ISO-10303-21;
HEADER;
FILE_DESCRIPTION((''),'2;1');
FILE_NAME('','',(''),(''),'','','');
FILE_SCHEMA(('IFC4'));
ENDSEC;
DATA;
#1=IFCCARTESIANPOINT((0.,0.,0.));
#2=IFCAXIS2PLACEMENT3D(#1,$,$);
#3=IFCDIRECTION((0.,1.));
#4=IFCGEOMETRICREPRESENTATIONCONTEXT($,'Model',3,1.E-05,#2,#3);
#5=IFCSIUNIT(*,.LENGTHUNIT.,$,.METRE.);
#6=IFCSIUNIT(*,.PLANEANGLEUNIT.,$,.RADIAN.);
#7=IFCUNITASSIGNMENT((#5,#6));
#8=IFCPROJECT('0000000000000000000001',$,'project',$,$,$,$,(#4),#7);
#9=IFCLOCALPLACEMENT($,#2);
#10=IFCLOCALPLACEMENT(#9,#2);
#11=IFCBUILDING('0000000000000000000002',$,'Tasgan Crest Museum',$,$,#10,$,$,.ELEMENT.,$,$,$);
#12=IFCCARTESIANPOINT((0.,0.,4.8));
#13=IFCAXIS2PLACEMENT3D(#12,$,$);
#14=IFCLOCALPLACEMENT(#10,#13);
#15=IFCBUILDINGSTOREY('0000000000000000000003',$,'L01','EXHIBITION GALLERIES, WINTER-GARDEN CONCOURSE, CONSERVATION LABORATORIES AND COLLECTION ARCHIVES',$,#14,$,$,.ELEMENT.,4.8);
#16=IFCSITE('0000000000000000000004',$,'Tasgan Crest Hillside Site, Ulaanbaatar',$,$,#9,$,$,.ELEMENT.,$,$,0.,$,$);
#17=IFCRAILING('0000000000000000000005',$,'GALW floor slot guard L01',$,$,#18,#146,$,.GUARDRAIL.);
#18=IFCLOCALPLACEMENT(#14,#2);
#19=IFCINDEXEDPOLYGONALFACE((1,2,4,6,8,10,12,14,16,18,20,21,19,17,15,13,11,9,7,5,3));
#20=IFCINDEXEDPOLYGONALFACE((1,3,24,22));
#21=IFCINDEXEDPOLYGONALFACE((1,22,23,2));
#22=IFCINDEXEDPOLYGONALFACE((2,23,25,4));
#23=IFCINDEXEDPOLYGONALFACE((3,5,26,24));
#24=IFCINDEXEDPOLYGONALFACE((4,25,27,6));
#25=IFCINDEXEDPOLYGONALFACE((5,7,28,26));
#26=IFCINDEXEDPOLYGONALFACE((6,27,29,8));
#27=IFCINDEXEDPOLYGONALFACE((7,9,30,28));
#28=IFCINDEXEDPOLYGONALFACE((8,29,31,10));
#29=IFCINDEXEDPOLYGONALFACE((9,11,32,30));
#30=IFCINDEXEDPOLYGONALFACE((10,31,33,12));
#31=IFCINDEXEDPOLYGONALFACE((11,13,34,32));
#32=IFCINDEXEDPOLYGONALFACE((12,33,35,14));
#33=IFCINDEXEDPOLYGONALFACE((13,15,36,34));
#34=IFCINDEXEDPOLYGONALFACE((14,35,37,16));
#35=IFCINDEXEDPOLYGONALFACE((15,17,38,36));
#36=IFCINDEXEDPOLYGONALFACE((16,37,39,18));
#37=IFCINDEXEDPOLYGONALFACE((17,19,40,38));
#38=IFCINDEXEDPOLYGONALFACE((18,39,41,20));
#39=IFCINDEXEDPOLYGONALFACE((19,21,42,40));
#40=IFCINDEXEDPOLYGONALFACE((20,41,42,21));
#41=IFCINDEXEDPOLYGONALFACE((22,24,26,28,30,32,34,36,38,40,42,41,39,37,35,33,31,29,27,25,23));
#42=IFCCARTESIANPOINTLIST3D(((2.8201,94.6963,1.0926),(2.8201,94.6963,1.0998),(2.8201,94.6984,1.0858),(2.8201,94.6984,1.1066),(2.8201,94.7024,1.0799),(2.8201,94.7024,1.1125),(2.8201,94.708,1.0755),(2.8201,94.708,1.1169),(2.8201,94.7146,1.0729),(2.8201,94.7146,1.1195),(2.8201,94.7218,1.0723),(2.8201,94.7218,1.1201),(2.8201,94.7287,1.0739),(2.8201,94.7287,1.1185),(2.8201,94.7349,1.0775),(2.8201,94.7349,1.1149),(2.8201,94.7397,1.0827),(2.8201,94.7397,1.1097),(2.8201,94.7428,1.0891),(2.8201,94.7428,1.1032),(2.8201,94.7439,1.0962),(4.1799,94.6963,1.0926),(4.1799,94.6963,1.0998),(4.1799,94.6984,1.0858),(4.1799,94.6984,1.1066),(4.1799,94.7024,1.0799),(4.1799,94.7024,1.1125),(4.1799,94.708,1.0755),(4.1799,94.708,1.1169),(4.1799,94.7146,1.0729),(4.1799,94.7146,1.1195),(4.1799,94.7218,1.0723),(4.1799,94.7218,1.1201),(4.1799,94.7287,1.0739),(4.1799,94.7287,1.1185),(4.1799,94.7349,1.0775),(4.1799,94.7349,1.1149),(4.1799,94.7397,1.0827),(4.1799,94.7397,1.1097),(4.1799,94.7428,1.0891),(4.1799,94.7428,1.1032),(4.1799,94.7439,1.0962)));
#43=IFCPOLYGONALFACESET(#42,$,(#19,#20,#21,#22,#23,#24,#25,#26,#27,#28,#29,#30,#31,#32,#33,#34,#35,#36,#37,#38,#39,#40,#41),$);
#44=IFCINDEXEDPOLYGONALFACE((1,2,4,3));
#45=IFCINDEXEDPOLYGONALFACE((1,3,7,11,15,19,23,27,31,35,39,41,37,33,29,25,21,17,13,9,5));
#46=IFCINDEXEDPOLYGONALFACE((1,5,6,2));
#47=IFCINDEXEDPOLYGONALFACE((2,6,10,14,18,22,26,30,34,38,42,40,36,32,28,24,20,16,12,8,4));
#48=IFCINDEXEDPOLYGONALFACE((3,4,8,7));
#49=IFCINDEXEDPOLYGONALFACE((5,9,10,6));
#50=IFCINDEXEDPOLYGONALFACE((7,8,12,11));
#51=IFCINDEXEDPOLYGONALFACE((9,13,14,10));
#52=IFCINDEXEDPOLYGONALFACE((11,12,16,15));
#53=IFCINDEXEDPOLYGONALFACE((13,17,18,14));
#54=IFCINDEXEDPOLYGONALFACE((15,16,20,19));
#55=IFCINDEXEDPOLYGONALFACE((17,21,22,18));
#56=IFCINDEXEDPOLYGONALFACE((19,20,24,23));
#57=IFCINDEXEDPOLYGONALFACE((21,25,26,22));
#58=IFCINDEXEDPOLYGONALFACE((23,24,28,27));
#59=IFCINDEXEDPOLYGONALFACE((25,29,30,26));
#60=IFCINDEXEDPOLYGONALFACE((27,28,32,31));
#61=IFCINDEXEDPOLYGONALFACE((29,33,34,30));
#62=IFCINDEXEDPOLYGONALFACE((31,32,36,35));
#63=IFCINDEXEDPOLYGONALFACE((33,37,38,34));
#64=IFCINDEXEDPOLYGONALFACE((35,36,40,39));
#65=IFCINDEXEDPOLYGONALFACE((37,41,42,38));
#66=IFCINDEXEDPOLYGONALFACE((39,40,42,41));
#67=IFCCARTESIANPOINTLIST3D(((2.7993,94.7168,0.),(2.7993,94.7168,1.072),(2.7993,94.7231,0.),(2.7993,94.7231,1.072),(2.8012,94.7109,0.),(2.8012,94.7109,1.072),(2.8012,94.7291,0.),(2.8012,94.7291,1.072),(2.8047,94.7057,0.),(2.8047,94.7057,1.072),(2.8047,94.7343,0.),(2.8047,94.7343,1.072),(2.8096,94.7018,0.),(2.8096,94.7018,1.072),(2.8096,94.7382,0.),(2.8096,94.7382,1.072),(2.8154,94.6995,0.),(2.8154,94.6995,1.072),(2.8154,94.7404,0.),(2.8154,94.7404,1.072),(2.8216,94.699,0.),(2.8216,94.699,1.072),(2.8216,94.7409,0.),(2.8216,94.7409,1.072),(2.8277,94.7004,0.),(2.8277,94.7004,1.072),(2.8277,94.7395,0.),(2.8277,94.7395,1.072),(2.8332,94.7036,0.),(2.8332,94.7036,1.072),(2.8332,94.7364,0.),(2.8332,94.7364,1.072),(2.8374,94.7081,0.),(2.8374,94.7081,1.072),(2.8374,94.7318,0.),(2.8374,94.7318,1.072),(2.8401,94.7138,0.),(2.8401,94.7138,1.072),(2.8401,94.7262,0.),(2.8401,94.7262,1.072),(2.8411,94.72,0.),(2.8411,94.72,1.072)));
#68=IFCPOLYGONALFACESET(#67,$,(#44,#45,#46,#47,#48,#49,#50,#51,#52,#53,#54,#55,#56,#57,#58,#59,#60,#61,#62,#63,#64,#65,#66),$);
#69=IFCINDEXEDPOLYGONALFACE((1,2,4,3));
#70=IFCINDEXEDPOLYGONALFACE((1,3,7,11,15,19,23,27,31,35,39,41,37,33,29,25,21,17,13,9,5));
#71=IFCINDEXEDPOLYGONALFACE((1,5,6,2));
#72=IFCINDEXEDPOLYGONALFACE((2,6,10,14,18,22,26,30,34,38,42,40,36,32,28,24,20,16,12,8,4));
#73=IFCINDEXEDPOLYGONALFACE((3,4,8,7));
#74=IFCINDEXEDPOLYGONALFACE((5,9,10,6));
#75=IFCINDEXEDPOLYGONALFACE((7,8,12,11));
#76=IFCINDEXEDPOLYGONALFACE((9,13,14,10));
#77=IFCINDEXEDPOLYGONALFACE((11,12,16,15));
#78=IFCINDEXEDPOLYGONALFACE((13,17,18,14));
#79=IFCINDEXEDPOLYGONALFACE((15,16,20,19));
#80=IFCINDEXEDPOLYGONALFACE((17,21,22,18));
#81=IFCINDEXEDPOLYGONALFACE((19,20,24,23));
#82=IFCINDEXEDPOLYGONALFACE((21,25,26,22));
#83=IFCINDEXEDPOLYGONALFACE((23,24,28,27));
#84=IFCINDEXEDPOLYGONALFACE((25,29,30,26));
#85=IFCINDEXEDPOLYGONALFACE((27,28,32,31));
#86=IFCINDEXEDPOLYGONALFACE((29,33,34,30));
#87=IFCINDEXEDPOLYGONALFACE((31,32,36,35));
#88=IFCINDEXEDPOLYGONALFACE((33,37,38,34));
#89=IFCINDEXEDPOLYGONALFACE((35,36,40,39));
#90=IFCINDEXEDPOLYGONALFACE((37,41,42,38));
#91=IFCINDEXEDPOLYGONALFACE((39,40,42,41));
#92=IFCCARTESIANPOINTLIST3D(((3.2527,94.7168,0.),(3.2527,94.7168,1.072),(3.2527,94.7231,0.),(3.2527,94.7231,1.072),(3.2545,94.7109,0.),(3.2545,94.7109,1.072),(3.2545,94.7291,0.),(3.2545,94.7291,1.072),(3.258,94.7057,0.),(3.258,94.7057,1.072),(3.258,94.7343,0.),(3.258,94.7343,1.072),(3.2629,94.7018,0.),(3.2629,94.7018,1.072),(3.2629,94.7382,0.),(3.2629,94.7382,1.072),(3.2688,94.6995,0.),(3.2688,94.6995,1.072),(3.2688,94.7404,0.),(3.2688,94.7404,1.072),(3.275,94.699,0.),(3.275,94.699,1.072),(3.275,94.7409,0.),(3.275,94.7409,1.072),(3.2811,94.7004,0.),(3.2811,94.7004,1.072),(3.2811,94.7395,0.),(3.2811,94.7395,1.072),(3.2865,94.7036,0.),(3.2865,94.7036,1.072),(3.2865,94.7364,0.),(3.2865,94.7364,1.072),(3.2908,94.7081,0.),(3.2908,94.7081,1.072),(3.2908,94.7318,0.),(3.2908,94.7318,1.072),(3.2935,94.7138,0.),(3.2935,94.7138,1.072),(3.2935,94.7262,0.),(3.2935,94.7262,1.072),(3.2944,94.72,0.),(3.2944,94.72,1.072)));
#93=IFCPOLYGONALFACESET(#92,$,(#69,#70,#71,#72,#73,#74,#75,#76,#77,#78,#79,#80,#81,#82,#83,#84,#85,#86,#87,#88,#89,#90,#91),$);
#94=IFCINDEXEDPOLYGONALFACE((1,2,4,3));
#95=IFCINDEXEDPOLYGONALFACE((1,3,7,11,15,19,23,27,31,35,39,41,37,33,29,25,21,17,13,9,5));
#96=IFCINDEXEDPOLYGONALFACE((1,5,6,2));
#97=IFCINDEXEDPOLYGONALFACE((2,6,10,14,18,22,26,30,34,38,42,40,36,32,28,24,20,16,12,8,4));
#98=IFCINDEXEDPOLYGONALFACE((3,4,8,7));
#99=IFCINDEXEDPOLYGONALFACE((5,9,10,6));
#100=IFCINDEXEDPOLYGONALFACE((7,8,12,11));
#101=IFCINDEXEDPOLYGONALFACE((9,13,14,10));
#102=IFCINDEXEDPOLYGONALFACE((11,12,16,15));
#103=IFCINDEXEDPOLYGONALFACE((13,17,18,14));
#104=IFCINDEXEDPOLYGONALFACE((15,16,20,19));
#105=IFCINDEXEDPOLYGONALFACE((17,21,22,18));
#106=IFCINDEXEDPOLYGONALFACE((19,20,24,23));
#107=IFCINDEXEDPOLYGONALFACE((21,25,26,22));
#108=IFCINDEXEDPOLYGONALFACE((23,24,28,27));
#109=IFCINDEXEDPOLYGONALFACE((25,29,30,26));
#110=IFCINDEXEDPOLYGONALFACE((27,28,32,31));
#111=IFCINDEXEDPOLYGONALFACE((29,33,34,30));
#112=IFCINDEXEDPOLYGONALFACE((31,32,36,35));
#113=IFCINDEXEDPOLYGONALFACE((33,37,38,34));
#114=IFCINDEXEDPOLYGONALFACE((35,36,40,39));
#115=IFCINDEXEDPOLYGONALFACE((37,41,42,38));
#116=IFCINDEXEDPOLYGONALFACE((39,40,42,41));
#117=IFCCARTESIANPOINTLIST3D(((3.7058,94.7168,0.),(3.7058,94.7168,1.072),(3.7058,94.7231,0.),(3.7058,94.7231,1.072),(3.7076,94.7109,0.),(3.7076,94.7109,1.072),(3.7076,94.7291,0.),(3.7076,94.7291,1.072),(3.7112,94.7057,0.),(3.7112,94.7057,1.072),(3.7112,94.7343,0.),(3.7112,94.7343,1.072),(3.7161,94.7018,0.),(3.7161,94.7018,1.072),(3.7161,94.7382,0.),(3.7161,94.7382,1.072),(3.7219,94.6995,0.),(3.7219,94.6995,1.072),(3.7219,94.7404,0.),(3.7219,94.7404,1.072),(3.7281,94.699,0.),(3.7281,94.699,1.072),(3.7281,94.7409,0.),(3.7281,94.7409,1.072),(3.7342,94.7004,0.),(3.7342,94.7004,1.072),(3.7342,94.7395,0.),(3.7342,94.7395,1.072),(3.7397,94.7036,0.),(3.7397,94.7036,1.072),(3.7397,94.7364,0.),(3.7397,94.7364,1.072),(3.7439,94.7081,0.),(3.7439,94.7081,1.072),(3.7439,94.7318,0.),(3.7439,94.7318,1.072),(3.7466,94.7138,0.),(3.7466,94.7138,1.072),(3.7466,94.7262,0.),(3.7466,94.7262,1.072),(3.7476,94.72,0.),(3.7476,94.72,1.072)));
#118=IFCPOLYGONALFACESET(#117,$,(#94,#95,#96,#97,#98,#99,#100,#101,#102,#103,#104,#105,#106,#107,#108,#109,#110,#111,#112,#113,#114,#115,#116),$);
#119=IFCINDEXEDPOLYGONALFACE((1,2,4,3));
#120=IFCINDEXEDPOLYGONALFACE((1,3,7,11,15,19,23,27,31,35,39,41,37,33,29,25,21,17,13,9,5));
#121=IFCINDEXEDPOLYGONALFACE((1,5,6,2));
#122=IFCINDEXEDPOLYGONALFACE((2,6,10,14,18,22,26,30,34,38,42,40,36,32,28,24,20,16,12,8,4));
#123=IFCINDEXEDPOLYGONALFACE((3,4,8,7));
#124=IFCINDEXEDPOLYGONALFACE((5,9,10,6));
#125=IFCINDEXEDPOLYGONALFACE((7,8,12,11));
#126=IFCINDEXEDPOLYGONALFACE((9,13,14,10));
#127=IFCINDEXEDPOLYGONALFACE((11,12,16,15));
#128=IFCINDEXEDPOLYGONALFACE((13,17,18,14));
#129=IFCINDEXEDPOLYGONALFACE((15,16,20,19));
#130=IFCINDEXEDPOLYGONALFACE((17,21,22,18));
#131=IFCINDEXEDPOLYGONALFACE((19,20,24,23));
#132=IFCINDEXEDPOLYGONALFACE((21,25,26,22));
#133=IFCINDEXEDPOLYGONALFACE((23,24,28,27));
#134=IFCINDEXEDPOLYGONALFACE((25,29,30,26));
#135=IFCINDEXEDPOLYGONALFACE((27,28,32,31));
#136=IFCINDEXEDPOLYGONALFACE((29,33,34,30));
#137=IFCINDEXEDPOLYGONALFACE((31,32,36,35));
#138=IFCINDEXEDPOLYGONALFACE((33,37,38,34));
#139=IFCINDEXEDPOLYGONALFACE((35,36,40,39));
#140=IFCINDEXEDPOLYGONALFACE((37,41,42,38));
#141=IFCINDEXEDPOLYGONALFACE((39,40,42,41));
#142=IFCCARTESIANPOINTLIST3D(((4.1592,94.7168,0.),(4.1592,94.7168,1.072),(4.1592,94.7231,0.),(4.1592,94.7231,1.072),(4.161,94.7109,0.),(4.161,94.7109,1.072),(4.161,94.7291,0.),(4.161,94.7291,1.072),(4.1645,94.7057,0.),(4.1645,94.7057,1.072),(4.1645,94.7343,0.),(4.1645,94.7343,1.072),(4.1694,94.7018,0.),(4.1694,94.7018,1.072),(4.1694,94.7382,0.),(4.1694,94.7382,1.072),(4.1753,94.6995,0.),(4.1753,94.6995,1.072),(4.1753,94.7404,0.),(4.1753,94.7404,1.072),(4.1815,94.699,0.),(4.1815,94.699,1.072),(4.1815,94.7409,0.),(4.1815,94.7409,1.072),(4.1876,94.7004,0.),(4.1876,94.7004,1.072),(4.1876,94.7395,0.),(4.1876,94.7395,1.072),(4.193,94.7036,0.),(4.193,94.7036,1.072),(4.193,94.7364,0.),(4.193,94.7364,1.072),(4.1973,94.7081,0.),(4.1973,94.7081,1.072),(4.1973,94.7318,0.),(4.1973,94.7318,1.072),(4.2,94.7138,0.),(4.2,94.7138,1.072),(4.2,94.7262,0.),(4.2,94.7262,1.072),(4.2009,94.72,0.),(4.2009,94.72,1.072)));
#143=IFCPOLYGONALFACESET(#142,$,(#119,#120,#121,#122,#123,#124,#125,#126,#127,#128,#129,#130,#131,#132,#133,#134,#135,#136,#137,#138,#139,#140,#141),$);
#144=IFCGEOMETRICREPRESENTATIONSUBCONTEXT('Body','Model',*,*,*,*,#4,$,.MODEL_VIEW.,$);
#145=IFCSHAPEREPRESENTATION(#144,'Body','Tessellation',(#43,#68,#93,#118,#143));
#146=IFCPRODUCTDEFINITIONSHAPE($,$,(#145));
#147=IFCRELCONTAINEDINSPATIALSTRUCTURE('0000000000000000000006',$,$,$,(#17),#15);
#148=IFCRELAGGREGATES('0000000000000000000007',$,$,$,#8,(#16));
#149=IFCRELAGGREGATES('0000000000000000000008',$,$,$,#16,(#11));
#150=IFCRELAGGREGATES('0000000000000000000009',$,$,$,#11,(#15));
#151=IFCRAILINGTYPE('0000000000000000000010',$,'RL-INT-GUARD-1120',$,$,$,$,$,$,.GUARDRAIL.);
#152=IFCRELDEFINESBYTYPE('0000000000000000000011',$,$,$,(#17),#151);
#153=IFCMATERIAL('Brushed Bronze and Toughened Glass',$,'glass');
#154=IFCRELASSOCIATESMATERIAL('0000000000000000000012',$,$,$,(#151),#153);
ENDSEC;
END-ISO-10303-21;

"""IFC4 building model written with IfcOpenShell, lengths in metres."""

from ifc_helpers import new_model, si_unit, direction, frame, origin, origin_2d, place, context, subcontext, project, spatial, circle, extrude, material, type_object, element, save


model = new_model("IFC4")

# Units and contexts
model_context = context("Model", 3, precision=1e-05, world=origin(), true_north=direction((0.0, 1.0)))
body_context = subcontext(model_context, "Body", "Model", "MODEL_VIEW")
ifc_project = project(units=[si_unit("LENGTHUNIT", "METRE"), si_unit("PLANEANGLEUNIT", "RADIAN")], contexts=[model_context])

# Site, building, storey
site_placement = place(None, origin())
site = spatial("IfcSite", under=ifc_project, at=site_placement, Name="Tasgan Crest Hillside Site, Ulaanbaatar", CompositionType="ELEMENT", RefElevation=0.0)
building_placement = place(site_placement, origin())
building = spatial("IfcBuilding", under=site, at=building_placement, Name="Tasgan Crest Museum", CompositionType="ELEMENT")
storey_placement = place(building_placement, frame((0.0, 0.0, 4.8)))
storey = spatial("IfcBuildingStorey", under=building, at=storey_placement, Name="L01", Description="EXHIBITION GALLERIES, WINTER-GARDEN CONCOURSE, CONSERVATION LABORATORIES AND COLLECTION ARCHIVES", CompositionType="ELEMENT", Elevation=4.8)

# Railing
ifc_material_1 = material(Name="Brushed Bronze and Toughened Glass", Category="glass")
railing_type_1 = type_object("IfcRailingType", Name="RL-INT-GUARD-1120", PredefinedType="GUARDRAIL", material=ifc_material_1)
railing_placement = place(storey_placement, frame((2.8201, 94.72, 0.0)))
element("IfcRailing", 1, at=railing_placement, inside=storey, type_object=railing_type_1, Name="GALW floor slot guard L01", PredefinedType="GUARDRAIL", context=body_context, shape_type="SweptSolid", body=[
    extrude(circle(Radius=0.0239, at=origin_2d()), frame((0.0, 0.0, 1.0962), z_axis=(1.0, 0.0, 0.0), x_axis=(0.0, 1.0, 0.0)), (0.0, 0.0, 1.0), 1.3599),
    extrude(circle(Radius=0.021, at=origin_2d()), origin(), (0.0, 0.0, 1.0), 1.072),
    extrude(circle(Radius=0.021, at=origin_2d()), frame((0.4534, 0.0, 0.0)), (0.0, 0.0, 1.0), 1.072),
    extrude(circle(Radius=0.021, at=origin_2d()), frame((0.9065, 0.0, 0.0)), (0.0, 0.0, 1.0), 1.072),
    extrude(circle(Radius=0.021, at=origin_2d()), frame((1.3599, 0.0, 0.0)), (0.0, 0.0, 1.0), 1.072),
])

save(model, "model.ifc")
